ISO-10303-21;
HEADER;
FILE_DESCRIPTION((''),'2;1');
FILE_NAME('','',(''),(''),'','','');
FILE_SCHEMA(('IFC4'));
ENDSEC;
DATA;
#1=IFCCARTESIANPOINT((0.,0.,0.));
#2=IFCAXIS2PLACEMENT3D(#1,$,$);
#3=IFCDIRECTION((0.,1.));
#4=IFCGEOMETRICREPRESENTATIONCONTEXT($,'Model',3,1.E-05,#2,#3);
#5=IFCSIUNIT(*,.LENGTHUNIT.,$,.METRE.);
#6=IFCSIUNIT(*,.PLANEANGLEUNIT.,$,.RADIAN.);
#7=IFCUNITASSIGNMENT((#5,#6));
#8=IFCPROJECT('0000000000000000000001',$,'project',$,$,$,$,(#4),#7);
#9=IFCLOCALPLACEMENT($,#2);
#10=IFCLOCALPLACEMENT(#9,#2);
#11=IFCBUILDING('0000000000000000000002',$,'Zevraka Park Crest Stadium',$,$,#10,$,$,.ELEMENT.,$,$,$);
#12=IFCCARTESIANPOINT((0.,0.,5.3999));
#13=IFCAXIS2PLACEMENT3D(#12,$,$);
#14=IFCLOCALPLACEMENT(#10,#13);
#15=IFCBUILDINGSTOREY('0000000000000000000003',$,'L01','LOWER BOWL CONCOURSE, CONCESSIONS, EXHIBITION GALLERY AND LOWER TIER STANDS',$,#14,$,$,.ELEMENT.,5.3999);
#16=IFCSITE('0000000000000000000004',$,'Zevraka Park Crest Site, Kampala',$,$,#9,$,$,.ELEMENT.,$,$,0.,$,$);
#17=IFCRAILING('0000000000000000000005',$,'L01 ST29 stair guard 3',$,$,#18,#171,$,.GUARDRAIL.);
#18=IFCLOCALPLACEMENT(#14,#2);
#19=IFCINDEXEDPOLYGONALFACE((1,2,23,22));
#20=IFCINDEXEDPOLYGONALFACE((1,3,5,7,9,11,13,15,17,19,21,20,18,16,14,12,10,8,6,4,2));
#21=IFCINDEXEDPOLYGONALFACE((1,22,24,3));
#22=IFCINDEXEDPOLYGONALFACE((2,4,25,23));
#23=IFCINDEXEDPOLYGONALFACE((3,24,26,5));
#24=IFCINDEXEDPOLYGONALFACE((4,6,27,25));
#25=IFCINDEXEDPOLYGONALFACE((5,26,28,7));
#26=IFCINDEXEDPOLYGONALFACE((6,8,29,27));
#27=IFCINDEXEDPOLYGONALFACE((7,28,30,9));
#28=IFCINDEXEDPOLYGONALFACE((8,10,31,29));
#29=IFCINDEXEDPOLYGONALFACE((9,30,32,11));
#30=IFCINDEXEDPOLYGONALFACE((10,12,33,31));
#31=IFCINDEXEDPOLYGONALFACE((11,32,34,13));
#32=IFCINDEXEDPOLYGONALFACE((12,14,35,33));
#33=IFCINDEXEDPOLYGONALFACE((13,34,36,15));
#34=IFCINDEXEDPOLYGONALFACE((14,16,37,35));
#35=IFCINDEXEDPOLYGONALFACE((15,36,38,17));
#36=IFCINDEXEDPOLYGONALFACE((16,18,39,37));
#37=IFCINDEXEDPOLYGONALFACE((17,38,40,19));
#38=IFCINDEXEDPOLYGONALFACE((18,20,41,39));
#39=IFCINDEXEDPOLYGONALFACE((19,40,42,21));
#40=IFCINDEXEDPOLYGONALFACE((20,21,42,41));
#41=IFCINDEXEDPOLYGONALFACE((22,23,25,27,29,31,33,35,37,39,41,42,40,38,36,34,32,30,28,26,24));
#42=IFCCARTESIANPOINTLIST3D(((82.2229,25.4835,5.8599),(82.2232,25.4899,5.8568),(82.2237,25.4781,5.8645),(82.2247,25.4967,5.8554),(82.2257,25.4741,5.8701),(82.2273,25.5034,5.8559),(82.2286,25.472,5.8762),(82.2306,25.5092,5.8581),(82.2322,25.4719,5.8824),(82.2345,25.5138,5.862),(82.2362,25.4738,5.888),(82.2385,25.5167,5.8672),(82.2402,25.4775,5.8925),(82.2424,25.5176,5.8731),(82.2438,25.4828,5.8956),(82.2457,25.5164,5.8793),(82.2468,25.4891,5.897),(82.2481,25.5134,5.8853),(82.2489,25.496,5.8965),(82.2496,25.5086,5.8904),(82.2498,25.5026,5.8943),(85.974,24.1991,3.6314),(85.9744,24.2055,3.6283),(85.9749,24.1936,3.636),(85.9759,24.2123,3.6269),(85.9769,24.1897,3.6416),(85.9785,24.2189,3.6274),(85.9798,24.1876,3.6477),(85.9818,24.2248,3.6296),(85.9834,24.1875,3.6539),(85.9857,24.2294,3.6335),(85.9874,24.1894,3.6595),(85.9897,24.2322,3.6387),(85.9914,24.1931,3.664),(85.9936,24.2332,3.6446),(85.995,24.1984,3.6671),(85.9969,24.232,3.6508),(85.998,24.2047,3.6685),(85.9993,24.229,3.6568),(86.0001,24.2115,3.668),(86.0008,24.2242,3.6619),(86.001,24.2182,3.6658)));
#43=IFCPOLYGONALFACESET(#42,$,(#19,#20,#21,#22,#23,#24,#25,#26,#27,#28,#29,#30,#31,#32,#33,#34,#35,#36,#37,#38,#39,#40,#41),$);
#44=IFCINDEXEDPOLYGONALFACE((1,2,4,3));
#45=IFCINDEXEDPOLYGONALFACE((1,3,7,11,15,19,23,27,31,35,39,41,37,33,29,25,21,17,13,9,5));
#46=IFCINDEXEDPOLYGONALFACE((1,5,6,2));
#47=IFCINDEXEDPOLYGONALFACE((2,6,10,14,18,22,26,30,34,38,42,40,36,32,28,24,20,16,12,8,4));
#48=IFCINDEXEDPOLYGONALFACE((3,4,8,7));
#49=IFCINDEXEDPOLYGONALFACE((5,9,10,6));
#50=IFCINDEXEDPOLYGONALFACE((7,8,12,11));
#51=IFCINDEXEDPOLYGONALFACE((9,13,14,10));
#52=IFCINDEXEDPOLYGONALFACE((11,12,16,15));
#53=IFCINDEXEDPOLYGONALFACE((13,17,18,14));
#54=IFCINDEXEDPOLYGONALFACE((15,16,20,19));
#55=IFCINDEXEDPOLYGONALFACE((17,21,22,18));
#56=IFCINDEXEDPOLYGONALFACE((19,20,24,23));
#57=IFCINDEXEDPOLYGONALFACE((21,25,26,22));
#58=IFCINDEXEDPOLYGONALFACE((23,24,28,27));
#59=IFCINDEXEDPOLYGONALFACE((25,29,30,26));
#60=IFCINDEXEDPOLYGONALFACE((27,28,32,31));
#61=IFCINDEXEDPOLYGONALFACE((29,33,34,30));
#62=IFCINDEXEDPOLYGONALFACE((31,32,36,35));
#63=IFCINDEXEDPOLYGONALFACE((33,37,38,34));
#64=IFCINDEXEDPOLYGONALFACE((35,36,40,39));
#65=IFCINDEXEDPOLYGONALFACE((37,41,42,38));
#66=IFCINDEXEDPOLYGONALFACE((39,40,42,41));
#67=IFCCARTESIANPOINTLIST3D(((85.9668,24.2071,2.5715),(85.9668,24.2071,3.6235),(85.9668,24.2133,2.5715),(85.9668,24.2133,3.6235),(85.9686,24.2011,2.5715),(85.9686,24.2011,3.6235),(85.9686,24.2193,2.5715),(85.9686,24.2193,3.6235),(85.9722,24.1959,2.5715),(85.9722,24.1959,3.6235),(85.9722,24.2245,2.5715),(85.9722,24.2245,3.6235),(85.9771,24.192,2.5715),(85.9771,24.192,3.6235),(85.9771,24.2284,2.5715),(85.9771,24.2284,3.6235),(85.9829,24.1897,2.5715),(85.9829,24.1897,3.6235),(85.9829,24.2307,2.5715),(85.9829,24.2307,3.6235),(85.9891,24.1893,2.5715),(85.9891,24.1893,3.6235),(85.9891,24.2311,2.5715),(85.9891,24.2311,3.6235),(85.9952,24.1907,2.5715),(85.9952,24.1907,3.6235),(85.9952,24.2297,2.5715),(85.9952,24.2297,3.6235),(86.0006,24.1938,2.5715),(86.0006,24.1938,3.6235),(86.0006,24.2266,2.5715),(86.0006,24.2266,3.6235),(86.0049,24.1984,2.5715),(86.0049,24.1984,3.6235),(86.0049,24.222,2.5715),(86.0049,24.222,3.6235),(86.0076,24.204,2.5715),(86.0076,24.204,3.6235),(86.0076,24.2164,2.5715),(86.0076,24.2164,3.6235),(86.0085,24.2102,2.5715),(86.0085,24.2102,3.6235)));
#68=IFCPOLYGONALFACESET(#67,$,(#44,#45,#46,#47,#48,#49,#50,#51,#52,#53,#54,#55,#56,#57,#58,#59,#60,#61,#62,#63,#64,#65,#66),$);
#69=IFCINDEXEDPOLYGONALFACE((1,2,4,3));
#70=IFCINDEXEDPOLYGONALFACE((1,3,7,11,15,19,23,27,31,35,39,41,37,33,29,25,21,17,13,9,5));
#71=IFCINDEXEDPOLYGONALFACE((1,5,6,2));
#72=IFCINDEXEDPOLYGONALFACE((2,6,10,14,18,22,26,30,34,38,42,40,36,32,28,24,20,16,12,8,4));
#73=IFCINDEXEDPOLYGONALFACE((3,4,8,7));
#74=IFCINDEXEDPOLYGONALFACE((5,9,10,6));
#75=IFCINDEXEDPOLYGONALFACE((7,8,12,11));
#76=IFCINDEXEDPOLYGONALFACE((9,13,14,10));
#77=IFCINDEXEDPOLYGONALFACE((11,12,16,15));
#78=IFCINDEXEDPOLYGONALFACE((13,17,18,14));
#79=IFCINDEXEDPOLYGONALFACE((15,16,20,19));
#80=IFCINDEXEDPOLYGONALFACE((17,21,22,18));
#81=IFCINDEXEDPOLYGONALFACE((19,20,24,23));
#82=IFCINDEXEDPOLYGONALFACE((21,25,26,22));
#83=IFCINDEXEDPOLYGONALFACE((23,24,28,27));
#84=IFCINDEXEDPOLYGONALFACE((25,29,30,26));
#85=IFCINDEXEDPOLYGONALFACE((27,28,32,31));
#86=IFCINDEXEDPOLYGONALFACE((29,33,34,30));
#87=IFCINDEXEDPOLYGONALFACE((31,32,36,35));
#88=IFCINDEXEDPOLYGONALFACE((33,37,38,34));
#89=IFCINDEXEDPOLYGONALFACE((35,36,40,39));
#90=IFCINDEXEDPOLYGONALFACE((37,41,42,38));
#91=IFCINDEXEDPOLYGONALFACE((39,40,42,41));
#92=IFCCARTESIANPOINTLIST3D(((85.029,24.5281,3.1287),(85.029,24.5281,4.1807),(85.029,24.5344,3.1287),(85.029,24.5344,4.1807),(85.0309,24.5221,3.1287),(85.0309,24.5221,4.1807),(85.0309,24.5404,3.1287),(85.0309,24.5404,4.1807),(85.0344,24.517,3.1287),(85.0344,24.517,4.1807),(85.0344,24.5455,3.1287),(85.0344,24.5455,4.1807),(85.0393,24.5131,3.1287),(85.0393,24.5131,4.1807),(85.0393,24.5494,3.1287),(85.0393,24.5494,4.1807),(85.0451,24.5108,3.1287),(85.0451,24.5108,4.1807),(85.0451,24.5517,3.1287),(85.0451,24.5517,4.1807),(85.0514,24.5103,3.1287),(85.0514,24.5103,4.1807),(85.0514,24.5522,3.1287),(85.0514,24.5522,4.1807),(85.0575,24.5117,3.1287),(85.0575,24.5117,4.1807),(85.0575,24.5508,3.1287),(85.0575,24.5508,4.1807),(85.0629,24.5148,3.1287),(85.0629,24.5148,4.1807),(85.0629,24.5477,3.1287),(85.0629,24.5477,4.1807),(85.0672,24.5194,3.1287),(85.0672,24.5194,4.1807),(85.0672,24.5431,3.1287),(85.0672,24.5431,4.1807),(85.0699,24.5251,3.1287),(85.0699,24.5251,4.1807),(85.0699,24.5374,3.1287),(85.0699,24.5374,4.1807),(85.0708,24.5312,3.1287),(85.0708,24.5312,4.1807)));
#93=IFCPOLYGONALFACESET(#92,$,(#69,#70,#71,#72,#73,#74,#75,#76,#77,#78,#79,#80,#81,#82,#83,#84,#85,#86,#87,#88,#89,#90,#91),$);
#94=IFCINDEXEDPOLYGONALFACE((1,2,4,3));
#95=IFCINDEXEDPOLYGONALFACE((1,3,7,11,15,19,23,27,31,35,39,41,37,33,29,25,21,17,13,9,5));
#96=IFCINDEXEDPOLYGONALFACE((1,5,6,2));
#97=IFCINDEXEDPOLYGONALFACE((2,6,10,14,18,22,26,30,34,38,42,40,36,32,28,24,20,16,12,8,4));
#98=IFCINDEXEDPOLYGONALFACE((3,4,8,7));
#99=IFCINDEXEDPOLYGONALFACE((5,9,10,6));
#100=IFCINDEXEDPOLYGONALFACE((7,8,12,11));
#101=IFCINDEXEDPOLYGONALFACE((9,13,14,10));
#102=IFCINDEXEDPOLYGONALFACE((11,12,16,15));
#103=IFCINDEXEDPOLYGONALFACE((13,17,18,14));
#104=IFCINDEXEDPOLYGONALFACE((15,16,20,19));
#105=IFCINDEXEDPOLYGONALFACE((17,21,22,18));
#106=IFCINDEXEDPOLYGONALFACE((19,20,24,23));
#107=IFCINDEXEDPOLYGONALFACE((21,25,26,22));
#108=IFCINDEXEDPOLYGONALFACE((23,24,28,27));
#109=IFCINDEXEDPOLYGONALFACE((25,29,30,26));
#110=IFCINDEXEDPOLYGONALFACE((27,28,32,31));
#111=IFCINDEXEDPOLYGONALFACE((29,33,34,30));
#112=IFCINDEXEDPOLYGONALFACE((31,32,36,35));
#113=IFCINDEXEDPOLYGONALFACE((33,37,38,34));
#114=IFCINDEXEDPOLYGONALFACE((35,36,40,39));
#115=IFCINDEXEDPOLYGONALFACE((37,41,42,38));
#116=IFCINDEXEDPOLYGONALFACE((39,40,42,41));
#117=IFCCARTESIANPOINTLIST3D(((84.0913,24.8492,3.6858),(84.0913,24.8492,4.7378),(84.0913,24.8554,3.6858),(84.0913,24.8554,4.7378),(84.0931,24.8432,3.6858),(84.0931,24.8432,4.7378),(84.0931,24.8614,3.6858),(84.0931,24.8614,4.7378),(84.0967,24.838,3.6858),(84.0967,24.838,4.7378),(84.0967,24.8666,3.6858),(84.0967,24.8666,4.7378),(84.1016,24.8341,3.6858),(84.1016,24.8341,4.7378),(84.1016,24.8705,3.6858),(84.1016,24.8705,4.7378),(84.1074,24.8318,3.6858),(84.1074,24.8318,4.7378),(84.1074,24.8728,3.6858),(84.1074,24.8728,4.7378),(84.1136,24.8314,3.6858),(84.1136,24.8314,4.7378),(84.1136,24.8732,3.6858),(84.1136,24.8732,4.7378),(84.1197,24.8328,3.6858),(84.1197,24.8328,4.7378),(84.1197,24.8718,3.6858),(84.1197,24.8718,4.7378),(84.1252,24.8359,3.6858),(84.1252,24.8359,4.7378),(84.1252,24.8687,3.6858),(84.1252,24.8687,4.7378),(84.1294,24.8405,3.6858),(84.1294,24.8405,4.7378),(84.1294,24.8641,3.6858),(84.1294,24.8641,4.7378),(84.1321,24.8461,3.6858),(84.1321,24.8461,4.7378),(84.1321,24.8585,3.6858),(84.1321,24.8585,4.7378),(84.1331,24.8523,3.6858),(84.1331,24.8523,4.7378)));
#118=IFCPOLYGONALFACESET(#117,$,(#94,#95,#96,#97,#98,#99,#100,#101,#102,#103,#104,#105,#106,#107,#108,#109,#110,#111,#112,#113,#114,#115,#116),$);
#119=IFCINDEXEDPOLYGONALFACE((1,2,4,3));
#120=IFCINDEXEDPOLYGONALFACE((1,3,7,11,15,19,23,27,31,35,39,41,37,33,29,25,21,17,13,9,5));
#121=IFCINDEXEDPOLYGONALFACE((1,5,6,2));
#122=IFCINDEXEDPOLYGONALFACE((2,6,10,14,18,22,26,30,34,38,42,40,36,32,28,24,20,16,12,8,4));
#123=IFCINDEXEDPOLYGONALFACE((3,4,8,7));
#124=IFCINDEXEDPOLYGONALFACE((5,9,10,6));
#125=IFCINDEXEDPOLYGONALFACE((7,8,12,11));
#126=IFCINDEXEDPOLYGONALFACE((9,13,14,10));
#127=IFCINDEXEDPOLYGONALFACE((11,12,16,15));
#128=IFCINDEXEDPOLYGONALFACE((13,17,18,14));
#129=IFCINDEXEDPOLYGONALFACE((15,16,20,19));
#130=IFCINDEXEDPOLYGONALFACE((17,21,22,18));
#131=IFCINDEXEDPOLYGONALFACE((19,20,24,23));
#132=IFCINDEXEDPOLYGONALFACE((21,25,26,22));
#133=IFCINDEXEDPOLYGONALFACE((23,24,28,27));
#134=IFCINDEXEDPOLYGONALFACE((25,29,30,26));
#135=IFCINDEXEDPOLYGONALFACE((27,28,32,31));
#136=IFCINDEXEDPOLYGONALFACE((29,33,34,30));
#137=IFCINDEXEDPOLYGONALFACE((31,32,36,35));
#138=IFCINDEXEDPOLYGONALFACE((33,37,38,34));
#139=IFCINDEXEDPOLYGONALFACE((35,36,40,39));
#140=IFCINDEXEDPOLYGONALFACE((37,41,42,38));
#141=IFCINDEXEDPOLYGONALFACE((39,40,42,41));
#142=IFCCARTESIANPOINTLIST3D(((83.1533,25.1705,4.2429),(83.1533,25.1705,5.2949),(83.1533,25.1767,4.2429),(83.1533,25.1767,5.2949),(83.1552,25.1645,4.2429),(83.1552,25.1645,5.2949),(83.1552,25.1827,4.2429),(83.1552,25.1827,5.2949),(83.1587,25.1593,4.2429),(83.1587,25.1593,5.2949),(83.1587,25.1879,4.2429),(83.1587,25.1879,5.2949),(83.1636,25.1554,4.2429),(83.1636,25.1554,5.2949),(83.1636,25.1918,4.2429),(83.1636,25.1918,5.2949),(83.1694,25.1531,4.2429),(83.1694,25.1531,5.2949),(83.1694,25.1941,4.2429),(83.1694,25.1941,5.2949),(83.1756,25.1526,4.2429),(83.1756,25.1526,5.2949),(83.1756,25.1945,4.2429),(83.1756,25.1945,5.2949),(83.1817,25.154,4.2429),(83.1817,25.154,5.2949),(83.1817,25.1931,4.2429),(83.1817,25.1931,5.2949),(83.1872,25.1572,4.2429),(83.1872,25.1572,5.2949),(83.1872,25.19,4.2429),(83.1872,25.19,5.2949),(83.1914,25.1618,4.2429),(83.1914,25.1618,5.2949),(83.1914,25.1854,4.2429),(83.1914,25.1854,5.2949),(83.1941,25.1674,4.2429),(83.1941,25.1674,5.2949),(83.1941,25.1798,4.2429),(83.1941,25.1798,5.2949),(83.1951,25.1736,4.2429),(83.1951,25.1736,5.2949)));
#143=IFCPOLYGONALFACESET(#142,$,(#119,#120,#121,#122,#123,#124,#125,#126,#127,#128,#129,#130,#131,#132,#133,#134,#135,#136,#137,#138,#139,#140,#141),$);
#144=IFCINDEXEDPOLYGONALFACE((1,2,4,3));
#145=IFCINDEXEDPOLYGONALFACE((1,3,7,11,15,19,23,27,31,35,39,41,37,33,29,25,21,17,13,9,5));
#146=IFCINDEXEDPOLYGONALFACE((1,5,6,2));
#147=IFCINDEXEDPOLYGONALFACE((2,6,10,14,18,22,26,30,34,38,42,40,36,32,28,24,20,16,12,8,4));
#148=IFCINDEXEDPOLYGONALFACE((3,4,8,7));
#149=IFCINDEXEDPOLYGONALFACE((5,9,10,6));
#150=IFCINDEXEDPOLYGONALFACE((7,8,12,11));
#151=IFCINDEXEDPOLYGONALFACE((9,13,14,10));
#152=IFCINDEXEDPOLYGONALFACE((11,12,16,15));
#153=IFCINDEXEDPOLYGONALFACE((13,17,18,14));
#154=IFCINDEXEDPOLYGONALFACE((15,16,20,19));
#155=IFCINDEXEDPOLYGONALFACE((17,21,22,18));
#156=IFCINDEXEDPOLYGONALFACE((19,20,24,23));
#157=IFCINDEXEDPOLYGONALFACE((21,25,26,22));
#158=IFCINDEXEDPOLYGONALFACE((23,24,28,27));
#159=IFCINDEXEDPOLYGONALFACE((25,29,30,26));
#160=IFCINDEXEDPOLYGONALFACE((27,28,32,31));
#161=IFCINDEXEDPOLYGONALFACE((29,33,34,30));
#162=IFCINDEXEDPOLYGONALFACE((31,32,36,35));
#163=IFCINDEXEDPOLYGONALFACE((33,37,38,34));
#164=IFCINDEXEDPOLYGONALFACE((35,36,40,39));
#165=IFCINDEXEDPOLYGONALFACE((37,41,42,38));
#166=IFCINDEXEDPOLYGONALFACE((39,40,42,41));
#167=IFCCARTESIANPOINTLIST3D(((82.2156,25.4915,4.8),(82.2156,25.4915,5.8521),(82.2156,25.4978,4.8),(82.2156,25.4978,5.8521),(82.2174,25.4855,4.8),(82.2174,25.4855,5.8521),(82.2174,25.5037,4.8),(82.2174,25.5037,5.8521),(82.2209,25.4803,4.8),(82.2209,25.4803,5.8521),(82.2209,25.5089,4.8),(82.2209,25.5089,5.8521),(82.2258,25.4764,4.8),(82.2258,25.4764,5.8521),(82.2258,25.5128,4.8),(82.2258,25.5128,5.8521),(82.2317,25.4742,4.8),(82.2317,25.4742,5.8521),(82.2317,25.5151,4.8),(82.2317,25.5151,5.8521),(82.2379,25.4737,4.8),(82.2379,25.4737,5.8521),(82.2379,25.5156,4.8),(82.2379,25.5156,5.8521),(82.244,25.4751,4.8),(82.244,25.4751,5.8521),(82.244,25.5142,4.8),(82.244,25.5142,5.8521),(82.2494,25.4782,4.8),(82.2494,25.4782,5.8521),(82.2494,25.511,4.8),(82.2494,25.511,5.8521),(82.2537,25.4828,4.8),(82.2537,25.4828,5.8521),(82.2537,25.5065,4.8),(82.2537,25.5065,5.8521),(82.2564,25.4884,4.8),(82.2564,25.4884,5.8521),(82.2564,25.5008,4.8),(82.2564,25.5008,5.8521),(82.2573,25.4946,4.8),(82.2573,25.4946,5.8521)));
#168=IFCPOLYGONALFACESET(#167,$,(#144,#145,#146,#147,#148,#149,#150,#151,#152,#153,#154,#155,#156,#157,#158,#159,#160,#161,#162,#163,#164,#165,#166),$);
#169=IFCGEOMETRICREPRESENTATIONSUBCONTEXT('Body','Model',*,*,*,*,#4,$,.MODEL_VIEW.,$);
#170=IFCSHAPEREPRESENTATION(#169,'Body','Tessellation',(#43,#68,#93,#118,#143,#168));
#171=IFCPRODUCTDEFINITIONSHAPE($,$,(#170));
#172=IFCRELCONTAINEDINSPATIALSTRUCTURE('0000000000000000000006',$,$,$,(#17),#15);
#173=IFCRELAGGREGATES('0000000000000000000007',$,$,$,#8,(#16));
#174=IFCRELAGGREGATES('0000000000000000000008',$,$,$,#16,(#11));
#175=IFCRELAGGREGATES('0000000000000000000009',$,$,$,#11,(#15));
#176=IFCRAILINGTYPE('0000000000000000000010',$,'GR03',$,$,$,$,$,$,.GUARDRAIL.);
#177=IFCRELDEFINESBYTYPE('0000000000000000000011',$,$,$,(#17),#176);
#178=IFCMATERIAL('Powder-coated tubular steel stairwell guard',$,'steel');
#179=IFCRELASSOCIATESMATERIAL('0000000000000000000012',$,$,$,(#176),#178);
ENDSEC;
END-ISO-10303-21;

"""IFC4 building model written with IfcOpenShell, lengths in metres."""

from ifc_helpers import new_model, si_unit, direction, frame, origin, origin_2d, place, context, subcontext, project, spatial, circle, extrude, material, type_object, element, save


model = new_model("IFC4")

# Units and contexts
model_context = context("Model", 3, precision=1e-05, world=origin(), true_north=direction((0.0, 1.0)))
body_context = subcontext(model_context, "Body", "Model", "MODEL_VIEW")
ifc_project = project(units=[si_unit("LENGTHUNIT", "METRE"), si_unit("PLANEANGLEUNIT", "RADIAN")], contexts=[model_context])

# Site, building, storey
site_placement = place(None, origin())
site = spatial("IfcSite", under=ifc_project, at=site_placement, Name="Zevraka Park Crest Site, Kampala", CompositionType="ELEMENT", RefElevation=0.0)
building_placement = place(site_placement, origin())
building = spatial("IfcBuilding", under=site, at=building_placement, Name="Zevraka Park Crest Stadium", CompositionType="ELEMENT")
storey_placement = place(building_placement, frame((0.0, 0.0, 5.3999)))
storey = spatial("IfcBuildingStorey", under=building, at=storey_placement, Name="L01", Description="LOWER BOWL CONCOURSE, CONCESSIONS, EXHIBITION GALLERY AND LOWER TIER STANDS", CompositionType="ELEMENT", Elevation=5.3999)

# Railing
ifc_material_1 = material(Name="Powder-coated tubular steel stairwell guard", Category="steel")
railing_type_1 = type_object("IfcRailingType", Name="GR03", PredefinedType="GUARDRAIL", material=ifc_material_1)
railing_1_placement = place(storey_placement, frame((85.9875, 24.2102, 2.5715)))
element("IfcRailing", 1, at=railing_1_placement, inside=storey, type_object=railing_type_1, Name="L01 ST29 stair guard 3", PredefinedType="GUARDRAIL", context=body_context, shape_type="SweptSolid", body=[
    extrude(circle(Radius=0.0239, at=origin_2d()), frame((0.0, 0.0, 1.0762), z_axis=(-0.824739, 0.282392, 0.489959), x_axis=(-0.323939, -0.946078, 0.0)), (0.0, 0.0, 1.0), 4.5483),
    extrude(circle(Radius=0.021, at=origin_2d()), origin(), (0.0, 0.0, 1.0), 1.052),
    extrude(circle(Radius=0.021, at=origin_2d()), frame((-0.9377, 0.321, 0.5571)), (0.0, 0.0, 1.0), 1.052),
    extrude(circle(Radius=0.021, at=origin_2d()), frame((-1.8755, 0.6421, 1.1143)), (0.0, 0.0, 1.0), 1.052),
    extrude(circle(Radius=0.021, at=origin_2d()), frame((-2.8135, 0.9634, 1.6714)), (0.0, 0.0, 1.0), 1.052),
    extrude(circle(Radius=0.021, at=origin_2d()), frame((-3.7512, 1.2844, 2.2285)), (0.0, 0.0, 1.0), 1.052),
])

save(model, "model.ifc")
